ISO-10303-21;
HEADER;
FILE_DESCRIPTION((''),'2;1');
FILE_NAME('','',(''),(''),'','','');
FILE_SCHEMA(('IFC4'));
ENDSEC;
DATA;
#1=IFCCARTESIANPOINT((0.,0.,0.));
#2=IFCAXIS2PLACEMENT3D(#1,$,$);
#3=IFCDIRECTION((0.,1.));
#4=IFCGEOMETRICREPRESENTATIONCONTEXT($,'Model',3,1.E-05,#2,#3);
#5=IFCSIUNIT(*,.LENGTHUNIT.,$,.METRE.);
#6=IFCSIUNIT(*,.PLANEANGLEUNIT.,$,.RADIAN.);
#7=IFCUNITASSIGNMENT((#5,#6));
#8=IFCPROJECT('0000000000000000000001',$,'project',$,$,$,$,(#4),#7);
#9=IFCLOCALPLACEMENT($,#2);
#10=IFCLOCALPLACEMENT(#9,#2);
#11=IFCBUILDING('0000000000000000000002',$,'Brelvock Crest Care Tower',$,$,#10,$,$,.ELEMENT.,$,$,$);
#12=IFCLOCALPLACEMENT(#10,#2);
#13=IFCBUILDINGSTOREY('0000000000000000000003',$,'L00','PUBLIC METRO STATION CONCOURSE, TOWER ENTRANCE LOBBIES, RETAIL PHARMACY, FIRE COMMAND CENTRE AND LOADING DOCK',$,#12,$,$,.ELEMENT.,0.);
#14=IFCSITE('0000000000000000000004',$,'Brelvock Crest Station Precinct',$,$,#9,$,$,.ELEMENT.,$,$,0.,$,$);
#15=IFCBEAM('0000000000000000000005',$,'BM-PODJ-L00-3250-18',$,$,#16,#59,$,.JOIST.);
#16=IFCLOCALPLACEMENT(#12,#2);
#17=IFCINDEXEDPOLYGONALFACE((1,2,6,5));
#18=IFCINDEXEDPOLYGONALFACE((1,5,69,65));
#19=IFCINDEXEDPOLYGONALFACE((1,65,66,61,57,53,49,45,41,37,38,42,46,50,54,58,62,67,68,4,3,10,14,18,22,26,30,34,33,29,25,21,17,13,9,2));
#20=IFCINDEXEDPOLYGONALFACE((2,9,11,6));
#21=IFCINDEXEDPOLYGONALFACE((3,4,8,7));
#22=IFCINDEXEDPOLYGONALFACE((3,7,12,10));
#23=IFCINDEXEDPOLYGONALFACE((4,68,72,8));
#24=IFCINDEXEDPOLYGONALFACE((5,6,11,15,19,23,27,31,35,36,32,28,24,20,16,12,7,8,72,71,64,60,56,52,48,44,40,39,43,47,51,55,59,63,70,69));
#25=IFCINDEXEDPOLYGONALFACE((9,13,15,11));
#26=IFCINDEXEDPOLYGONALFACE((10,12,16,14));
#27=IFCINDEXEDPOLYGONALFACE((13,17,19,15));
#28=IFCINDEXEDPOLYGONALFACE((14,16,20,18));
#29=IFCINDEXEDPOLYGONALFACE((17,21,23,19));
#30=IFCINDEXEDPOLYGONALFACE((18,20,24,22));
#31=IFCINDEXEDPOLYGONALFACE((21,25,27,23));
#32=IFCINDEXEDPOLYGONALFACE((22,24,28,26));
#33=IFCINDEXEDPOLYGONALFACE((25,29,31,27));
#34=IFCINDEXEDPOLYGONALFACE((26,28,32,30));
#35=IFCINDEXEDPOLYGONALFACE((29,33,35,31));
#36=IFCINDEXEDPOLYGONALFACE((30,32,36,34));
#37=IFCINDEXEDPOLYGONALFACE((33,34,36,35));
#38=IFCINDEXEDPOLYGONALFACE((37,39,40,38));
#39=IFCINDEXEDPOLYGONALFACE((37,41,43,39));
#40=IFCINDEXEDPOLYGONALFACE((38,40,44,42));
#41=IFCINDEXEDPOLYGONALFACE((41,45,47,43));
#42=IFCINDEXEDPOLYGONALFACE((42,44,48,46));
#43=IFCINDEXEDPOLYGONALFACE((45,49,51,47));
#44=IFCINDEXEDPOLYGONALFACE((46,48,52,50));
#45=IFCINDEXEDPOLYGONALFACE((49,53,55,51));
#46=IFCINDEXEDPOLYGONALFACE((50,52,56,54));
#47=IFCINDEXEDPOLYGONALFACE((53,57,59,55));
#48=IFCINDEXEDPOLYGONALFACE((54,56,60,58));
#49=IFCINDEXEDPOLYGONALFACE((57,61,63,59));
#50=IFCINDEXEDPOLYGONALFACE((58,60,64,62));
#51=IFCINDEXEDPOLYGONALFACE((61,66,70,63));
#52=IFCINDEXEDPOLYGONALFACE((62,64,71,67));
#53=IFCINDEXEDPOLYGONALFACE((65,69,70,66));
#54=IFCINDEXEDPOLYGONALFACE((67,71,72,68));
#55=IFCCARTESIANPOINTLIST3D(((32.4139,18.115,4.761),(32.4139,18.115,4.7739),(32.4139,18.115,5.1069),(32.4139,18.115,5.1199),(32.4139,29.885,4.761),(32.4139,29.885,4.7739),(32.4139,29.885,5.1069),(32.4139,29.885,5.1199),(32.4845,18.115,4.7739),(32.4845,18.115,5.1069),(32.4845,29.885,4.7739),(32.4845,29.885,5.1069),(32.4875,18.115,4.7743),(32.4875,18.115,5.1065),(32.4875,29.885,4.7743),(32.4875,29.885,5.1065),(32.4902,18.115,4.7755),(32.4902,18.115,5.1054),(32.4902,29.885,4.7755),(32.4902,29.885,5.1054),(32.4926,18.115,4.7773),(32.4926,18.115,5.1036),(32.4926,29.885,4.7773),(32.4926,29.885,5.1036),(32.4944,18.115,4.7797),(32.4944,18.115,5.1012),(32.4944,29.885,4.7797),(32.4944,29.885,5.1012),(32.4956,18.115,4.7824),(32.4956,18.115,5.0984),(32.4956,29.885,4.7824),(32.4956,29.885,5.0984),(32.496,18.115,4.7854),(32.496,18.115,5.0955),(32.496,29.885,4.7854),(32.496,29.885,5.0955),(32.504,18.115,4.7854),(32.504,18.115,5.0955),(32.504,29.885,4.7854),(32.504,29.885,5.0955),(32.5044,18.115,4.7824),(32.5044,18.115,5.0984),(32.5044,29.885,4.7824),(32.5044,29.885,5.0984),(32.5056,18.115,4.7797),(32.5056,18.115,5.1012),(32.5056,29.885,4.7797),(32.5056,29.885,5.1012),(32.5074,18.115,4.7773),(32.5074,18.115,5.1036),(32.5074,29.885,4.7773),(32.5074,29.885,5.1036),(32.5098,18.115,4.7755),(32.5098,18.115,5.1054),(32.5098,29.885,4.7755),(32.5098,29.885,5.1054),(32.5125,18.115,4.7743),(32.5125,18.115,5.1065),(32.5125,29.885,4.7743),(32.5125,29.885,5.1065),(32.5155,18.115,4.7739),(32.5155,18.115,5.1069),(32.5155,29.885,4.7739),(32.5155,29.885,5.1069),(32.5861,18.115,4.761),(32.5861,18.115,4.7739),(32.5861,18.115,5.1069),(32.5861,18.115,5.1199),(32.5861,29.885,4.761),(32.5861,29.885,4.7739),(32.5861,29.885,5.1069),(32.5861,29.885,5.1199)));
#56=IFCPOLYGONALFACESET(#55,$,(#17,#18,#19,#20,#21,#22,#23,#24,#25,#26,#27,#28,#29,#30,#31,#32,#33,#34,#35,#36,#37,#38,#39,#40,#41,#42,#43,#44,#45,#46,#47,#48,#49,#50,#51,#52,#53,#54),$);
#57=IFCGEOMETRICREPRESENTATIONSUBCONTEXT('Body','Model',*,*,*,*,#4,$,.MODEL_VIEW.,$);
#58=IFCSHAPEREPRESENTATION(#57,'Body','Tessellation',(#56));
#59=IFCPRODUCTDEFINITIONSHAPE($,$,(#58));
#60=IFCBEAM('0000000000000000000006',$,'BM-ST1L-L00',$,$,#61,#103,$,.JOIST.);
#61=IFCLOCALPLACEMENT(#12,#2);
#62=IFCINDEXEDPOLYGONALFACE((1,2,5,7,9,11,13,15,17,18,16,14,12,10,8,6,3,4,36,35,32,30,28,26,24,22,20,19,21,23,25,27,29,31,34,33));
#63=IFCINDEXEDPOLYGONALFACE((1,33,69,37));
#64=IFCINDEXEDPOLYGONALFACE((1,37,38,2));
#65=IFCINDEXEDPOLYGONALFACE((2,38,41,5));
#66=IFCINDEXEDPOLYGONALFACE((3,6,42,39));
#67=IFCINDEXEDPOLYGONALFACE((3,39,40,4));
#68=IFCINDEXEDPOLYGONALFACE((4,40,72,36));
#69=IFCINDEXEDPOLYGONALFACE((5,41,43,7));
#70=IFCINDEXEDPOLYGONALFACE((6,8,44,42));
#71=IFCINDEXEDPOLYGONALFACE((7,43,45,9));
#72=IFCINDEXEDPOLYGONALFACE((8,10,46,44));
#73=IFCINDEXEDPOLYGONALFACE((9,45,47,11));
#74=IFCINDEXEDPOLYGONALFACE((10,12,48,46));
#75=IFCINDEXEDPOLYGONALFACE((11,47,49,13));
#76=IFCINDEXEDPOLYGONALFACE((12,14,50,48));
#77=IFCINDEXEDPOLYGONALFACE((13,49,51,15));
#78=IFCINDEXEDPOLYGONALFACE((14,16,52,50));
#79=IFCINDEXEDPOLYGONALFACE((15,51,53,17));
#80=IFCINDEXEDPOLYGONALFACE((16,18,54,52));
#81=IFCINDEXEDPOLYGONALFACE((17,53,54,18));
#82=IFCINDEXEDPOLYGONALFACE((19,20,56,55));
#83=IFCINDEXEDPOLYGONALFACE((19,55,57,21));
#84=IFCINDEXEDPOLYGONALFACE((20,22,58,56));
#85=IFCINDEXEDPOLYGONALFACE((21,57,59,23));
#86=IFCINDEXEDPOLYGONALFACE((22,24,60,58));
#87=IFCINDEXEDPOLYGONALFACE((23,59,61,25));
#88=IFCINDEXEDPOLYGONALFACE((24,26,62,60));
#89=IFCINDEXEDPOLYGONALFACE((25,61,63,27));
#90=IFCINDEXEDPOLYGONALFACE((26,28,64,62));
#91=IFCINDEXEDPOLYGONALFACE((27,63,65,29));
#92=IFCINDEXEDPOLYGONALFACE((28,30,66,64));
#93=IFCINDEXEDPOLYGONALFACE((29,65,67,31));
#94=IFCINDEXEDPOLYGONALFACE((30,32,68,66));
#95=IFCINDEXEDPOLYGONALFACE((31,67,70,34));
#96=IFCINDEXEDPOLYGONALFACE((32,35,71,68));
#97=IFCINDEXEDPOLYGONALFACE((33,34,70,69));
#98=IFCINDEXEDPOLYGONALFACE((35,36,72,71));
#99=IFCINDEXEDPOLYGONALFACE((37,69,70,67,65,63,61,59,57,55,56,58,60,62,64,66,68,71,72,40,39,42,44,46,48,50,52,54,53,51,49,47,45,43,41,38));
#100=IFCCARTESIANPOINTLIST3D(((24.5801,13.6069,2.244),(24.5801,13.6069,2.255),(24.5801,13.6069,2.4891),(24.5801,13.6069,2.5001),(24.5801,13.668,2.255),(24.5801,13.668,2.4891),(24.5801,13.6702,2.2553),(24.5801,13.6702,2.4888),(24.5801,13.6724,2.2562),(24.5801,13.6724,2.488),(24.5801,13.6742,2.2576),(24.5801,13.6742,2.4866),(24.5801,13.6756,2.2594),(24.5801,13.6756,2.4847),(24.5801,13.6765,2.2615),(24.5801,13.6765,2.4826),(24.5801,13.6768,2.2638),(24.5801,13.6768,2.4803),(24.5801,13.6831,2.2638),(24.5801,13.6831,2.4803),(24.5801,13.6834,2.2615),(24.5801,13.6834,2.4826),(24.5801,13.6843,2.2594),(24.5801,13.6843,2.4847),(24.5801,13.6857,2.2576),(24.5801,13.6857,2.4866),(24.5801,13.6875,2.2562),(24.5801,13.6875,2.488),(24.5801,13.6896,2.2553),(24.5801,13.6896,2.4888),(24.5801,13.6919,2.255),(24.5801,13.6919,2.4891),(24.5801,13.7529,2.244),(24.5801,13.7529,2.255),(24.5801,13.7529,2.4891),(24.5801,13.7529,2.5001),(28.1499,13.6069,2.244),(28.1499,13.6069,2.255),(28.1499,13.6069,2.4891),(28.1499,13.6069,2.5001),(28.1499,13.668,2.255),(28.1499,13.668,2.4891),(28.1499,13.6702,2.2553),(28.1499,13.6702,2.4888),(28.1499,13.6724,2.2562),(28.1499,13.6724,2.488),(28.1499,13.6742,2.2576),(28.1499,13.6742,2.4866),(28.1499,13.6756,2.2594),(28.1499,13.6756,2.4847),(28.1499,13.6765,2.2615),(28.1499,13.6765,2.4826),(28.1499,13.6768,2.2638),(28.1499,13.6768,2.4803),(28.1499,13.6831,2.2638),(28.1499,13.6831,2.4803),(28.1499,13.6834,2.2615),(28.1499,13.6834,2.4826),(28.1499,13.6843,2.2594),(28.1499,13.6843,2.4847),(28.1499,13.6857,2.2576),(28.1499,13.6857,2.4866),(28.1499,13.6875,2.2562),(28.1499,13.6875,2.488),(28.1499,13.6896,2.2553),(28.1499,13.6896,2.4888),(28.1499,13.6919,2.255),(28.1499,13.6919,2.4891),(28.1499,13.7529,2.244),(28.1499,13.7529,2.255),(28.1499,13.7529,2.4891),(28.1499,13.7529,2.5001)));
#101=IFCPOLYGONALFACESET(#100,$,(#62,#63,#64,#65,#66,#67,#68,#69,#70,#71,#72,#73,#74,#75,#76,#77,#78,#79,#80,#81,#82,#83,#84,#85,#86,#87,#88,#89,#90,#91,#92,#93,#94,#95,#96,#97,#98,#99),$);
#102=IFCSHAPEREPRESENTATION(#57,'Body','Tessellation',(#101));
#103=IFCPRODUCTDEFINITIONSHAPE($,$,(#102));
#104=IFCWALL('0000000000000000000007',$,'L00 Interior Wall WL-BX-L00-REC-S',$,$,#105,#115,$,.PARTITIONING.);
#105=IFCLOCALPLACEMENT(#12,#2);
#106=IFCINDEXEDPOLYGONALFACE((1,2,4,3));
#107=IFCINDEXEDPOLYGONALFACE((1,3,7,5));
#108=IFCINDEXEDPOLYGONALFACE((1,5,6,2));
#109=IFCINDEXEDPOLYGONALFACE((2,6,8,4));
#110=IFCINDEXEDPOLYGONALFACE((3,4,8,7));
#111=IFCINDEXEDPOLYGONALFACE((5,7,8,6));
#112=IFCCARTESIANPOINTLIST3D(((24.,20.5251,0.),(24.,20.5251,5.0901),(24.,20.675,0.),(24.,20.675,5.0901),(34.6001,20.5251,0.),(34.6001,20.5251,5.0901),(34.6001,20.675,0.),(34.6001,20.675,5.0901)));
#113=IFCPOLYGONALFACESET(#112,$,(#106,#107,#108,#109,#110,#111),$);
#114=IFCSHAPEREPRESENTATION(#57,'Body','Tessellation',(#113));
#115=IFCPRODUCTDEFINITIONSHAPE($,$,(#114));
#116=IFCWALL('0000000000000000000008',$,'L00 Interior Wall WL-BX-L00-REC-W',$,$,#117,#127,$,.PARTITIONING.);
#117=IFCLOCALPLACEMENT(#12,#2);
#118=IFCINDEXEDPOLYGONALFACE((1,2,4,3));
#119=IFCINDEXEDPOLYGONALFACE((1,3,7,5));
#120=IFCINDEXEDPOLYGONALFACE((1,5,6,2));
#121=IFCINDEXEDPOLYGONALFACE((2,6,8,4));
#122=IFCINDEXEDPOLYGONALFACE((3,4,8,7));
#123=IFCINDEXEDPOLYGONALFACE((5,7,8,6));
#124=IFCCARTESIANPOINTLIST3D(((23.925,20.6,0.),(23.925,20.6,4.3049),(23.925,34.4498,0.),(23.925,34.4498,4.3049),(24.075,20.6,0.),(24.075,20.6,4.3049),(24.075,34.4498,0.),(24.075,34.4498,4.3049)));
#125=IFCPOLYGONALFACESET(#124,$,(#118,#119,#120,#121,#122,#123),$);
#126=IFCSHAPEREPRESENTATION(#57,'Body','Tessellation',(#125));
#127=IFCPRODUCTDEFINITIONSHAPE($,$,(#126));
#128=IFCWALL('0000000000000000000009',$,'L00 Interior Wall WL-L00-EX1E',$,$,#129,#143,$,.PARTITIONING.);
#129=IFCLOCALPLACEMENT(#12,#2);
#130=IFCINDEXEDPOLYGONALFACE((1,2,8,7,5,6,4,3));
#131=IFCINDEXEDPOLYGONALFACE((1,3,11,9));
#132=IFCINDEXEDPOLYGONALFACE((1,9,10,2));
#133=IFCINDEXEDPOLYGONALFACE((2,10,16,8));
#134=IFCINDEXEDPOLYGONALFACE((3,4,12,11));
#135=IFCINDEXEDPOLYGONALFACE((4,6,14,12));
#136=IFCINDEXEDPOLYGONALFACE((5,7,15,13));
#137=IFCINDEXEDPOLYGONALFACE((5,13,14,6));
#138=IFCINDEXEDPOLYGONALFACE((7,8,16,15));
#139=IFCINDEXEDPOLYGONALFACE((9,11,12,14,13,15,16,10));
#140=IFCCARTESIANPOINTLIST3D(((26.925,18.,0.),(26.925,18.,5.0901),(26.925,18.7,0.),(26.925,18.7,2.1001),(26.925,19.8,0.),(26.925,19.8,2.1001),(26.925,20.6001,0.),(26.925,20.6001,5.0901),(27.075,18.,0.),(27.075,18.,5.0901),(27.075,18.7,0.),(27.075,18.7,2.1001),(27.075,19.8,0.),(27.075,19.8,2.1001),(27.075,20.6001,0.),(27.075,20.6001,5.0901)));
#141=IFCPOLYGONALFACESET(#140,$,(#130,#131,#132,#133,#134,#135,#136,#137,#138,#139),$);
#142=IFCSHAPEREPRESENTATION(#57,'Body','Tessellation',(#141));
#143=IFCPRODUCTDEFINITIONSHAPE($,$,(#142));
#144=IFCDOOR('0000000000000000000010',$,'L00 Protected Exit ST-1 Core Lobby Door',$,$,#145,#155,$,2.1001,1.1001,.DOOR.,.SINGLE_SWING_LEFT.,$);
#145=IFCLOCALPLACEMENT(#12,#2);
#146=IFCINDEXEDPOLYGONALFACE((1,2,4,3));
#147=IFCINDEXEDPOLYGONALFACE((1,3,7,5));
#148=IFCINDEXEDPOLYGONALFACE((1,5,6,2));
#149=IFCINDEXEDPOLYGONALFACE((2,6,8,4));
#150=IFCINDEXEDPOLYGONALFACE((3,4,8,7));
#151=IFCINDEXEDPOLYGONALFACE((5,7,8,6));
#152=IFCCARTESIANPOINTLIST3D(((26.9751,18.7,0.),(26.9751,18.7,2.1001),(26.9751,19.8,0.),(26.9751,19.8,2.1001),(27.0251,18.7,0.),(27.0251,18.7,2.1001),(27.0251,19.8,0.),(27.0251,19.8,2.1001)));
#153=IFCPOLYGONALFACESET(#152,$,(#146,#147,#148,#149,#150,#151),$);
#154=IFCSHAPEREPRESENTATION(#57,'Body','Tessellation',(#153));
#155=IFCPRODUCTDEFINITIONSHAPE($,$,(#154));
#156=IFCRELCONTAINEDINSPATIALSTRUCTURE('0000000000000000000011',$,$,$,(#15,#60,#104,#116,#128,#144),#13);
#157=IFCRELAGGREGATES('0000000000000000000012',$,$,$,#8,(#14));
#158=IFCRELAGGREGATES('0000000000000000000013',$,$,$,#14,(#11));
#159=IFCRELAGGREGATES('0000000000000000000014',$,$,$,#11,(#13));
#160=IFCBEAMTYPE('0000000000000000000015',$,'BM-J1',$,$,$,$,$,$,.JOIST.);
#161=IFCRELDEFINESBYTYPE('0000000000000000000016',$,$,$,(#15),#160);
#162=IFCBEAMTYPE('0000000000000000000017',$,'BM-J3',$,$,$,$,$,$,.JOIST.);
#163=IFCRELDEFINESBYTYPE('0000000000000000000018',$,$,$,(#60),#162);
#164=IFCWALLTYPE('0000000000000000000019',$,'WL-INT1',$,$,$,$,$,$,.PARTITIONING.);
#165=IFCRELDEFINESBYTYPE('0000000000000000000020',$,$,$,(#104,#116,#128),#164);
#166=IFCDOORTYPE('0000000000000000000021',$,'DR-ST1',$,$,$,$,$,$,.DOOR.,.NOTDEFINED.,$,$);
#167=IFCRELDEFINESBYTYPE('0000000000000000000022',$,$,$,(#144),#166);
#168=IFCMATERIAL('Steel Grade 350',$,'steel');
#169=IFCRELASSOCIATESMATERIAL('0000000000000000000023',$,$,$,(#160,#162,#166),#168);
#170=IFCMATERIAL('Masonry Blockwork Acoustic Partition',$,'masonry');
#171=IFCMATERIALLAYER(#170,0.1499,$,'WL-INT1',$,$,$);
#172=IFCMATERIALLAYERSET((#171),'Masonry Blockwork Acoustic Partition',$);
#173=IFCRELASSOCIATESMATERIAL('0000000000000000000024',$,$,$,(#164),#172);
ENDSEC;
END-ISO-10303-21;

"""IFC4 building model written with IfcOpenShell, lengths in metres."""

from ifc_helpers import new_model, si_unit, direction, frame, frame_2d, origin, origin_2d, place, context, subcontext, project, spatial, rectangle, i_section, extrude, source, transform, mapped, material, layer, layer_set, material_profile, profile_set, type_object, element, fill, save


model = new_model("IFC4")

# Units and contexts
model_context = context("Model", 3, precision=1e-05, world=origin(), true_north=direction((0.0, 1.0)))
body_context = subcontext(model_context, "Body", "Model", "MODEL_VIEW")
ifc_project = project(units=[si_unit("LENGTHUNIT", "METRE"), si_unit("PLANEANGLEUNIT", "RADIAN")], contexts=[model_context])

# Site, building, storey
site_placement = place(None, origin())
site = spatial("IfcSite", under=ifc_project, at=site_placement, Name="Brelvock Crest Station Precinct", CompositionType="ELEMENT", RefElevation=0.0)
building_placement = place(site_placement, origin())
building = spatial("IfcBuilding", under=site, at=building_placement, Name="Brelvock Crest Care Tower", CompositionType="ELEMENT")
storey_placement = place(building_placement, origin())
storey = spatial("IfcBuildingStorey", under=building, at=storey_placement, Name="L00", Description="PUBLIC METRO STATION CONCOURSE, TOWER ENTRANCE LOBBIES, RETAIL PHARMACY, FIRE COMMAND CENTRE AND LOADING DOCK", CompositionType="ELEMENT", Elevation=0.0)

# Beams
ifc_material_1 = material(Name="Steel Grade 350", Category="steel")
ifc_material_profile_1 = material_profile(ifc_material_1, i_section(OverallWidth=0.1721, OverallDepth=0.3589, WebThickness=0.0081, FlangeThickness=0.0129, FilletRadius=0.0115, at=origin_2d()), Name="360UB56.7")
ifc_profile_set_1 = profile_set([ifc_material_profile_1], Name="Steel Grade 350")
beam_type_1 = type_object("IfcBeamType", Name="BM-J1", PredefinedType="JOIST", material=ifc_profile_set_1)
shared_shape_1 = source(origin(), body_context, "Body", "SweptSolid", [
    extrude(i_section(OverallWidth=0.1721, OverallDepth=0.3589, WebThickness=0.0081, FlangeThickness=0.0129, FilletRadius=0.0115, at=origin_2d()), origin(), (0.0, 0.0, 1.0), 11.77),
])
for number, where, z_axis, x_axis, name in (
    (1, (32.5, 18.115, 4.9404), (0.0, 1.0, 0.0), (-1.0, 0.0, 0.0), "BM-PODJ-L00-3250-18"),
):
    element("IfcBeam", number, at=place(storey_placement, frame(where, z_axis=z_axis, x_axis=x_axis)), inside=storey, type_object=beam_type_1, Name=name, PredefinedType="JOIST", context=body_context, shape_type="MappedRepresentation", body=[
        mapped(shared_shape_1, transform((0.0, 0.0, 0.0), x_axis=(1.0, 0.0, 0.0), y_axis=(0.0, 1.0, 0.0), z_axis=(0.0, 0.0, 1.0), scale=1.0)),
    ])
ifc_material_profile_2 = material_profile(ifc_material_1, i_section(OverallWidth=0.146, OverallDepth=0.2561, WebThickness=0.0063, FlangeThickness=0.011, FilletRadius=0.0088, at=origin_2d()), Name="250UB37.3")
ifc_profile_set_2 = profile_set([ifc_material_profile_2], Name="Steel Grade 350")
beam_type_2 = type_object("IfcBeamType", Name="BM-J3", PredefinedType="JOIST", material=ifc_profile_set_2)
shared_shape_2 = source(origin(), body_context, "Body", "SweptSolid", [
    extrude(i_section(OverallWidth=0.146, OverallDepth=0.2561, WebThickness=0.0063, FlangeThickness=0.011, FilletRadius=0.0088, at=origin_2d()), origin(), (0.0, 0.0, 1.0), 3.5698),
])
beam_1_placement = place(storey_placement, frame((24.5801, 13.6799, 2.3721), z_axis=(1.0, 0.0, 0.0), x_axis=(0.0, 1.0, 0.0)))
element("IfcBeam", 2, at=beam_1_placement, inside=storey, type_object=beam_type_2, Name="BM-ST1L-L00", PredefinedType="JOIST", context=body_context, shape_type="MappedRepresentation", body=[
    mapped(shared_shape_2, transform((0.0, 0.0, 0.0), x_axis=(1.0, 0.0, 0.0), y_axis=(0.0, 1.0, 0.0), z_axis=(0.0, 0.0, 1.0), scale=1.0)),
])

# Walls
ifc_material_2 = material(Name="Masonry Blockwork Acoustic Partition", Category="masonry")
ifc_layer_1 = layer(ifc_material_2, 0.1499, Name="WL-INT1")
ifc_layer_set_1 = layer_set([ifc_layer_1], Name="Masonry Blockwork Acoustic Partition")
wall_type_1 = type_object("IfcWallType", Name="WL-INT1", PredefinedType="PARTITIONING", material=ifc_layer_set_1)
wall_1_placement = place(storey_placement, frame((24.0, 20.6001, 0.0), z_axis=(0.0, 0.0, 1.0), x_axis=(1.0, 0.0, 0.0)))
element("IfcWall", 3, at=wall_1_placement, inside=storey, type_object=wall_type_1, Name="L00 Interior Wall WL-BX-L00-REC-S", PredefinedType="PARTITIONING", context=body_context, shape_type="SweptSolid", body=[
    extrude(rectangle(XDim=10.6001, YDim=0.1499, at=frame_2d((5.3, 0.0))), origin(), (0.0, 0.0, 1.0), 5.0901),
])
wall_2_placement = place(storey_placement, frame((24.0, 20.6001, 0.0), z_axis=(0.0, 0.0, 1.0), x_axis=(0.0, 1.0, 0.0)))
element("IfcWall", 4, at=wall_2_placement, inside=storey, type_object=wall_type_1, Name="L00 Interior Wall WL-BX-L00-REC-W", PredefinedType="PARTITIONING", context=body_context, shape_type="SweptSolid", body=[
    extrude(rectangle(XDim=13.8499, YDim=0.1499, at=frame_2d((6.9248, 0.0))), origin(), (0.0, 0.0, 1.0), 4.3049),
])

# Wall, opening, door
wall_3_placement = place(storey_placement, frame((27.0, 18.0, 0.0), z_axis=(0.0, 0.0, 1.0), x_axis=(0.0, 1.0, 0.0)))
wall_3 = element("IfcWall", 5, at=wall_3_placement, inside=storey, type_object=wall_type_1, Name="L00 Interior Wall WL-L00-EX1E", PredefinedType="PARTITIONING", context=body_context, shape_type="SweptSolid", body=[
    extrude(rectangle(XDim=2.6001, YDim=0.1499, at=frame_2d((1.3, 0.0))), origin(), (0.0, 0.0, 1.0), 5.0901),
])
opening_1_placement = place(wall_3_placement, frame((0.7, 0.0, 0.0)))
opening_1 = element("IfcOpeningElement", 6, at=opening_1_placement, cuts=wall_3, PredefinedType="OPENING", context=body_context, shape_type="SweptSolid", body=[
    extrude(rectangle(XDim=1.1001, YDim=2.1001, at=origin_2d()), frame((0.55, 0.085, 1.05), z_axis=(0.0, -1.0, 0.0), x_axis=(1.0, 0.0, 0.0)), (0.0, 0.0, 1.0), 0.1699),
])
door_type_1 = type_object("IfcDoorType", Name="DR-ST1", OperationType="NOTDEFINED", PredefinedType="DOOR", material=ifc_material_1)
shared_shape_3 = source(origin(), body_context, "Body", "SweptSolid", [
    extrude(rectangle(XDim=1.1001, YDim=2.1001, at=origin_2d()), frame((0.55, 0.0249, 1.05), z_axis=(0.0, -1.0, 0.0), x_axis=(1.0, 0.0, 0.0)), (0.0, 0.0, 1.0), 0.05),
])
door_1_placement = place(opening_1_placement, origin())
door_1 = element("IfcDoor", 7, at=door_1_placement, inside=storey, type_object=door_type_1, Name="L00 Protected Exit ST-1 Core Lobby Door", OperationType="SINGLE_SWING_LEFT", OverallHeight=2.1001, OverallWidth=1.1001, PredefinedType="DOOR", context=body_context, shape_type="MappedRepresentation", body=[
    mapped(shared_shape_3, transform((0.0, 0.0, 0.0), x_axis=(1.0, 0.0, 0.0), y_axis=(0.0, 1.0, 0.0), z_axis=(0.0, 0.0, 1.0), scale=1.0)),
])
fill(opening_1, door_1)

save(model, "model.ifc")
